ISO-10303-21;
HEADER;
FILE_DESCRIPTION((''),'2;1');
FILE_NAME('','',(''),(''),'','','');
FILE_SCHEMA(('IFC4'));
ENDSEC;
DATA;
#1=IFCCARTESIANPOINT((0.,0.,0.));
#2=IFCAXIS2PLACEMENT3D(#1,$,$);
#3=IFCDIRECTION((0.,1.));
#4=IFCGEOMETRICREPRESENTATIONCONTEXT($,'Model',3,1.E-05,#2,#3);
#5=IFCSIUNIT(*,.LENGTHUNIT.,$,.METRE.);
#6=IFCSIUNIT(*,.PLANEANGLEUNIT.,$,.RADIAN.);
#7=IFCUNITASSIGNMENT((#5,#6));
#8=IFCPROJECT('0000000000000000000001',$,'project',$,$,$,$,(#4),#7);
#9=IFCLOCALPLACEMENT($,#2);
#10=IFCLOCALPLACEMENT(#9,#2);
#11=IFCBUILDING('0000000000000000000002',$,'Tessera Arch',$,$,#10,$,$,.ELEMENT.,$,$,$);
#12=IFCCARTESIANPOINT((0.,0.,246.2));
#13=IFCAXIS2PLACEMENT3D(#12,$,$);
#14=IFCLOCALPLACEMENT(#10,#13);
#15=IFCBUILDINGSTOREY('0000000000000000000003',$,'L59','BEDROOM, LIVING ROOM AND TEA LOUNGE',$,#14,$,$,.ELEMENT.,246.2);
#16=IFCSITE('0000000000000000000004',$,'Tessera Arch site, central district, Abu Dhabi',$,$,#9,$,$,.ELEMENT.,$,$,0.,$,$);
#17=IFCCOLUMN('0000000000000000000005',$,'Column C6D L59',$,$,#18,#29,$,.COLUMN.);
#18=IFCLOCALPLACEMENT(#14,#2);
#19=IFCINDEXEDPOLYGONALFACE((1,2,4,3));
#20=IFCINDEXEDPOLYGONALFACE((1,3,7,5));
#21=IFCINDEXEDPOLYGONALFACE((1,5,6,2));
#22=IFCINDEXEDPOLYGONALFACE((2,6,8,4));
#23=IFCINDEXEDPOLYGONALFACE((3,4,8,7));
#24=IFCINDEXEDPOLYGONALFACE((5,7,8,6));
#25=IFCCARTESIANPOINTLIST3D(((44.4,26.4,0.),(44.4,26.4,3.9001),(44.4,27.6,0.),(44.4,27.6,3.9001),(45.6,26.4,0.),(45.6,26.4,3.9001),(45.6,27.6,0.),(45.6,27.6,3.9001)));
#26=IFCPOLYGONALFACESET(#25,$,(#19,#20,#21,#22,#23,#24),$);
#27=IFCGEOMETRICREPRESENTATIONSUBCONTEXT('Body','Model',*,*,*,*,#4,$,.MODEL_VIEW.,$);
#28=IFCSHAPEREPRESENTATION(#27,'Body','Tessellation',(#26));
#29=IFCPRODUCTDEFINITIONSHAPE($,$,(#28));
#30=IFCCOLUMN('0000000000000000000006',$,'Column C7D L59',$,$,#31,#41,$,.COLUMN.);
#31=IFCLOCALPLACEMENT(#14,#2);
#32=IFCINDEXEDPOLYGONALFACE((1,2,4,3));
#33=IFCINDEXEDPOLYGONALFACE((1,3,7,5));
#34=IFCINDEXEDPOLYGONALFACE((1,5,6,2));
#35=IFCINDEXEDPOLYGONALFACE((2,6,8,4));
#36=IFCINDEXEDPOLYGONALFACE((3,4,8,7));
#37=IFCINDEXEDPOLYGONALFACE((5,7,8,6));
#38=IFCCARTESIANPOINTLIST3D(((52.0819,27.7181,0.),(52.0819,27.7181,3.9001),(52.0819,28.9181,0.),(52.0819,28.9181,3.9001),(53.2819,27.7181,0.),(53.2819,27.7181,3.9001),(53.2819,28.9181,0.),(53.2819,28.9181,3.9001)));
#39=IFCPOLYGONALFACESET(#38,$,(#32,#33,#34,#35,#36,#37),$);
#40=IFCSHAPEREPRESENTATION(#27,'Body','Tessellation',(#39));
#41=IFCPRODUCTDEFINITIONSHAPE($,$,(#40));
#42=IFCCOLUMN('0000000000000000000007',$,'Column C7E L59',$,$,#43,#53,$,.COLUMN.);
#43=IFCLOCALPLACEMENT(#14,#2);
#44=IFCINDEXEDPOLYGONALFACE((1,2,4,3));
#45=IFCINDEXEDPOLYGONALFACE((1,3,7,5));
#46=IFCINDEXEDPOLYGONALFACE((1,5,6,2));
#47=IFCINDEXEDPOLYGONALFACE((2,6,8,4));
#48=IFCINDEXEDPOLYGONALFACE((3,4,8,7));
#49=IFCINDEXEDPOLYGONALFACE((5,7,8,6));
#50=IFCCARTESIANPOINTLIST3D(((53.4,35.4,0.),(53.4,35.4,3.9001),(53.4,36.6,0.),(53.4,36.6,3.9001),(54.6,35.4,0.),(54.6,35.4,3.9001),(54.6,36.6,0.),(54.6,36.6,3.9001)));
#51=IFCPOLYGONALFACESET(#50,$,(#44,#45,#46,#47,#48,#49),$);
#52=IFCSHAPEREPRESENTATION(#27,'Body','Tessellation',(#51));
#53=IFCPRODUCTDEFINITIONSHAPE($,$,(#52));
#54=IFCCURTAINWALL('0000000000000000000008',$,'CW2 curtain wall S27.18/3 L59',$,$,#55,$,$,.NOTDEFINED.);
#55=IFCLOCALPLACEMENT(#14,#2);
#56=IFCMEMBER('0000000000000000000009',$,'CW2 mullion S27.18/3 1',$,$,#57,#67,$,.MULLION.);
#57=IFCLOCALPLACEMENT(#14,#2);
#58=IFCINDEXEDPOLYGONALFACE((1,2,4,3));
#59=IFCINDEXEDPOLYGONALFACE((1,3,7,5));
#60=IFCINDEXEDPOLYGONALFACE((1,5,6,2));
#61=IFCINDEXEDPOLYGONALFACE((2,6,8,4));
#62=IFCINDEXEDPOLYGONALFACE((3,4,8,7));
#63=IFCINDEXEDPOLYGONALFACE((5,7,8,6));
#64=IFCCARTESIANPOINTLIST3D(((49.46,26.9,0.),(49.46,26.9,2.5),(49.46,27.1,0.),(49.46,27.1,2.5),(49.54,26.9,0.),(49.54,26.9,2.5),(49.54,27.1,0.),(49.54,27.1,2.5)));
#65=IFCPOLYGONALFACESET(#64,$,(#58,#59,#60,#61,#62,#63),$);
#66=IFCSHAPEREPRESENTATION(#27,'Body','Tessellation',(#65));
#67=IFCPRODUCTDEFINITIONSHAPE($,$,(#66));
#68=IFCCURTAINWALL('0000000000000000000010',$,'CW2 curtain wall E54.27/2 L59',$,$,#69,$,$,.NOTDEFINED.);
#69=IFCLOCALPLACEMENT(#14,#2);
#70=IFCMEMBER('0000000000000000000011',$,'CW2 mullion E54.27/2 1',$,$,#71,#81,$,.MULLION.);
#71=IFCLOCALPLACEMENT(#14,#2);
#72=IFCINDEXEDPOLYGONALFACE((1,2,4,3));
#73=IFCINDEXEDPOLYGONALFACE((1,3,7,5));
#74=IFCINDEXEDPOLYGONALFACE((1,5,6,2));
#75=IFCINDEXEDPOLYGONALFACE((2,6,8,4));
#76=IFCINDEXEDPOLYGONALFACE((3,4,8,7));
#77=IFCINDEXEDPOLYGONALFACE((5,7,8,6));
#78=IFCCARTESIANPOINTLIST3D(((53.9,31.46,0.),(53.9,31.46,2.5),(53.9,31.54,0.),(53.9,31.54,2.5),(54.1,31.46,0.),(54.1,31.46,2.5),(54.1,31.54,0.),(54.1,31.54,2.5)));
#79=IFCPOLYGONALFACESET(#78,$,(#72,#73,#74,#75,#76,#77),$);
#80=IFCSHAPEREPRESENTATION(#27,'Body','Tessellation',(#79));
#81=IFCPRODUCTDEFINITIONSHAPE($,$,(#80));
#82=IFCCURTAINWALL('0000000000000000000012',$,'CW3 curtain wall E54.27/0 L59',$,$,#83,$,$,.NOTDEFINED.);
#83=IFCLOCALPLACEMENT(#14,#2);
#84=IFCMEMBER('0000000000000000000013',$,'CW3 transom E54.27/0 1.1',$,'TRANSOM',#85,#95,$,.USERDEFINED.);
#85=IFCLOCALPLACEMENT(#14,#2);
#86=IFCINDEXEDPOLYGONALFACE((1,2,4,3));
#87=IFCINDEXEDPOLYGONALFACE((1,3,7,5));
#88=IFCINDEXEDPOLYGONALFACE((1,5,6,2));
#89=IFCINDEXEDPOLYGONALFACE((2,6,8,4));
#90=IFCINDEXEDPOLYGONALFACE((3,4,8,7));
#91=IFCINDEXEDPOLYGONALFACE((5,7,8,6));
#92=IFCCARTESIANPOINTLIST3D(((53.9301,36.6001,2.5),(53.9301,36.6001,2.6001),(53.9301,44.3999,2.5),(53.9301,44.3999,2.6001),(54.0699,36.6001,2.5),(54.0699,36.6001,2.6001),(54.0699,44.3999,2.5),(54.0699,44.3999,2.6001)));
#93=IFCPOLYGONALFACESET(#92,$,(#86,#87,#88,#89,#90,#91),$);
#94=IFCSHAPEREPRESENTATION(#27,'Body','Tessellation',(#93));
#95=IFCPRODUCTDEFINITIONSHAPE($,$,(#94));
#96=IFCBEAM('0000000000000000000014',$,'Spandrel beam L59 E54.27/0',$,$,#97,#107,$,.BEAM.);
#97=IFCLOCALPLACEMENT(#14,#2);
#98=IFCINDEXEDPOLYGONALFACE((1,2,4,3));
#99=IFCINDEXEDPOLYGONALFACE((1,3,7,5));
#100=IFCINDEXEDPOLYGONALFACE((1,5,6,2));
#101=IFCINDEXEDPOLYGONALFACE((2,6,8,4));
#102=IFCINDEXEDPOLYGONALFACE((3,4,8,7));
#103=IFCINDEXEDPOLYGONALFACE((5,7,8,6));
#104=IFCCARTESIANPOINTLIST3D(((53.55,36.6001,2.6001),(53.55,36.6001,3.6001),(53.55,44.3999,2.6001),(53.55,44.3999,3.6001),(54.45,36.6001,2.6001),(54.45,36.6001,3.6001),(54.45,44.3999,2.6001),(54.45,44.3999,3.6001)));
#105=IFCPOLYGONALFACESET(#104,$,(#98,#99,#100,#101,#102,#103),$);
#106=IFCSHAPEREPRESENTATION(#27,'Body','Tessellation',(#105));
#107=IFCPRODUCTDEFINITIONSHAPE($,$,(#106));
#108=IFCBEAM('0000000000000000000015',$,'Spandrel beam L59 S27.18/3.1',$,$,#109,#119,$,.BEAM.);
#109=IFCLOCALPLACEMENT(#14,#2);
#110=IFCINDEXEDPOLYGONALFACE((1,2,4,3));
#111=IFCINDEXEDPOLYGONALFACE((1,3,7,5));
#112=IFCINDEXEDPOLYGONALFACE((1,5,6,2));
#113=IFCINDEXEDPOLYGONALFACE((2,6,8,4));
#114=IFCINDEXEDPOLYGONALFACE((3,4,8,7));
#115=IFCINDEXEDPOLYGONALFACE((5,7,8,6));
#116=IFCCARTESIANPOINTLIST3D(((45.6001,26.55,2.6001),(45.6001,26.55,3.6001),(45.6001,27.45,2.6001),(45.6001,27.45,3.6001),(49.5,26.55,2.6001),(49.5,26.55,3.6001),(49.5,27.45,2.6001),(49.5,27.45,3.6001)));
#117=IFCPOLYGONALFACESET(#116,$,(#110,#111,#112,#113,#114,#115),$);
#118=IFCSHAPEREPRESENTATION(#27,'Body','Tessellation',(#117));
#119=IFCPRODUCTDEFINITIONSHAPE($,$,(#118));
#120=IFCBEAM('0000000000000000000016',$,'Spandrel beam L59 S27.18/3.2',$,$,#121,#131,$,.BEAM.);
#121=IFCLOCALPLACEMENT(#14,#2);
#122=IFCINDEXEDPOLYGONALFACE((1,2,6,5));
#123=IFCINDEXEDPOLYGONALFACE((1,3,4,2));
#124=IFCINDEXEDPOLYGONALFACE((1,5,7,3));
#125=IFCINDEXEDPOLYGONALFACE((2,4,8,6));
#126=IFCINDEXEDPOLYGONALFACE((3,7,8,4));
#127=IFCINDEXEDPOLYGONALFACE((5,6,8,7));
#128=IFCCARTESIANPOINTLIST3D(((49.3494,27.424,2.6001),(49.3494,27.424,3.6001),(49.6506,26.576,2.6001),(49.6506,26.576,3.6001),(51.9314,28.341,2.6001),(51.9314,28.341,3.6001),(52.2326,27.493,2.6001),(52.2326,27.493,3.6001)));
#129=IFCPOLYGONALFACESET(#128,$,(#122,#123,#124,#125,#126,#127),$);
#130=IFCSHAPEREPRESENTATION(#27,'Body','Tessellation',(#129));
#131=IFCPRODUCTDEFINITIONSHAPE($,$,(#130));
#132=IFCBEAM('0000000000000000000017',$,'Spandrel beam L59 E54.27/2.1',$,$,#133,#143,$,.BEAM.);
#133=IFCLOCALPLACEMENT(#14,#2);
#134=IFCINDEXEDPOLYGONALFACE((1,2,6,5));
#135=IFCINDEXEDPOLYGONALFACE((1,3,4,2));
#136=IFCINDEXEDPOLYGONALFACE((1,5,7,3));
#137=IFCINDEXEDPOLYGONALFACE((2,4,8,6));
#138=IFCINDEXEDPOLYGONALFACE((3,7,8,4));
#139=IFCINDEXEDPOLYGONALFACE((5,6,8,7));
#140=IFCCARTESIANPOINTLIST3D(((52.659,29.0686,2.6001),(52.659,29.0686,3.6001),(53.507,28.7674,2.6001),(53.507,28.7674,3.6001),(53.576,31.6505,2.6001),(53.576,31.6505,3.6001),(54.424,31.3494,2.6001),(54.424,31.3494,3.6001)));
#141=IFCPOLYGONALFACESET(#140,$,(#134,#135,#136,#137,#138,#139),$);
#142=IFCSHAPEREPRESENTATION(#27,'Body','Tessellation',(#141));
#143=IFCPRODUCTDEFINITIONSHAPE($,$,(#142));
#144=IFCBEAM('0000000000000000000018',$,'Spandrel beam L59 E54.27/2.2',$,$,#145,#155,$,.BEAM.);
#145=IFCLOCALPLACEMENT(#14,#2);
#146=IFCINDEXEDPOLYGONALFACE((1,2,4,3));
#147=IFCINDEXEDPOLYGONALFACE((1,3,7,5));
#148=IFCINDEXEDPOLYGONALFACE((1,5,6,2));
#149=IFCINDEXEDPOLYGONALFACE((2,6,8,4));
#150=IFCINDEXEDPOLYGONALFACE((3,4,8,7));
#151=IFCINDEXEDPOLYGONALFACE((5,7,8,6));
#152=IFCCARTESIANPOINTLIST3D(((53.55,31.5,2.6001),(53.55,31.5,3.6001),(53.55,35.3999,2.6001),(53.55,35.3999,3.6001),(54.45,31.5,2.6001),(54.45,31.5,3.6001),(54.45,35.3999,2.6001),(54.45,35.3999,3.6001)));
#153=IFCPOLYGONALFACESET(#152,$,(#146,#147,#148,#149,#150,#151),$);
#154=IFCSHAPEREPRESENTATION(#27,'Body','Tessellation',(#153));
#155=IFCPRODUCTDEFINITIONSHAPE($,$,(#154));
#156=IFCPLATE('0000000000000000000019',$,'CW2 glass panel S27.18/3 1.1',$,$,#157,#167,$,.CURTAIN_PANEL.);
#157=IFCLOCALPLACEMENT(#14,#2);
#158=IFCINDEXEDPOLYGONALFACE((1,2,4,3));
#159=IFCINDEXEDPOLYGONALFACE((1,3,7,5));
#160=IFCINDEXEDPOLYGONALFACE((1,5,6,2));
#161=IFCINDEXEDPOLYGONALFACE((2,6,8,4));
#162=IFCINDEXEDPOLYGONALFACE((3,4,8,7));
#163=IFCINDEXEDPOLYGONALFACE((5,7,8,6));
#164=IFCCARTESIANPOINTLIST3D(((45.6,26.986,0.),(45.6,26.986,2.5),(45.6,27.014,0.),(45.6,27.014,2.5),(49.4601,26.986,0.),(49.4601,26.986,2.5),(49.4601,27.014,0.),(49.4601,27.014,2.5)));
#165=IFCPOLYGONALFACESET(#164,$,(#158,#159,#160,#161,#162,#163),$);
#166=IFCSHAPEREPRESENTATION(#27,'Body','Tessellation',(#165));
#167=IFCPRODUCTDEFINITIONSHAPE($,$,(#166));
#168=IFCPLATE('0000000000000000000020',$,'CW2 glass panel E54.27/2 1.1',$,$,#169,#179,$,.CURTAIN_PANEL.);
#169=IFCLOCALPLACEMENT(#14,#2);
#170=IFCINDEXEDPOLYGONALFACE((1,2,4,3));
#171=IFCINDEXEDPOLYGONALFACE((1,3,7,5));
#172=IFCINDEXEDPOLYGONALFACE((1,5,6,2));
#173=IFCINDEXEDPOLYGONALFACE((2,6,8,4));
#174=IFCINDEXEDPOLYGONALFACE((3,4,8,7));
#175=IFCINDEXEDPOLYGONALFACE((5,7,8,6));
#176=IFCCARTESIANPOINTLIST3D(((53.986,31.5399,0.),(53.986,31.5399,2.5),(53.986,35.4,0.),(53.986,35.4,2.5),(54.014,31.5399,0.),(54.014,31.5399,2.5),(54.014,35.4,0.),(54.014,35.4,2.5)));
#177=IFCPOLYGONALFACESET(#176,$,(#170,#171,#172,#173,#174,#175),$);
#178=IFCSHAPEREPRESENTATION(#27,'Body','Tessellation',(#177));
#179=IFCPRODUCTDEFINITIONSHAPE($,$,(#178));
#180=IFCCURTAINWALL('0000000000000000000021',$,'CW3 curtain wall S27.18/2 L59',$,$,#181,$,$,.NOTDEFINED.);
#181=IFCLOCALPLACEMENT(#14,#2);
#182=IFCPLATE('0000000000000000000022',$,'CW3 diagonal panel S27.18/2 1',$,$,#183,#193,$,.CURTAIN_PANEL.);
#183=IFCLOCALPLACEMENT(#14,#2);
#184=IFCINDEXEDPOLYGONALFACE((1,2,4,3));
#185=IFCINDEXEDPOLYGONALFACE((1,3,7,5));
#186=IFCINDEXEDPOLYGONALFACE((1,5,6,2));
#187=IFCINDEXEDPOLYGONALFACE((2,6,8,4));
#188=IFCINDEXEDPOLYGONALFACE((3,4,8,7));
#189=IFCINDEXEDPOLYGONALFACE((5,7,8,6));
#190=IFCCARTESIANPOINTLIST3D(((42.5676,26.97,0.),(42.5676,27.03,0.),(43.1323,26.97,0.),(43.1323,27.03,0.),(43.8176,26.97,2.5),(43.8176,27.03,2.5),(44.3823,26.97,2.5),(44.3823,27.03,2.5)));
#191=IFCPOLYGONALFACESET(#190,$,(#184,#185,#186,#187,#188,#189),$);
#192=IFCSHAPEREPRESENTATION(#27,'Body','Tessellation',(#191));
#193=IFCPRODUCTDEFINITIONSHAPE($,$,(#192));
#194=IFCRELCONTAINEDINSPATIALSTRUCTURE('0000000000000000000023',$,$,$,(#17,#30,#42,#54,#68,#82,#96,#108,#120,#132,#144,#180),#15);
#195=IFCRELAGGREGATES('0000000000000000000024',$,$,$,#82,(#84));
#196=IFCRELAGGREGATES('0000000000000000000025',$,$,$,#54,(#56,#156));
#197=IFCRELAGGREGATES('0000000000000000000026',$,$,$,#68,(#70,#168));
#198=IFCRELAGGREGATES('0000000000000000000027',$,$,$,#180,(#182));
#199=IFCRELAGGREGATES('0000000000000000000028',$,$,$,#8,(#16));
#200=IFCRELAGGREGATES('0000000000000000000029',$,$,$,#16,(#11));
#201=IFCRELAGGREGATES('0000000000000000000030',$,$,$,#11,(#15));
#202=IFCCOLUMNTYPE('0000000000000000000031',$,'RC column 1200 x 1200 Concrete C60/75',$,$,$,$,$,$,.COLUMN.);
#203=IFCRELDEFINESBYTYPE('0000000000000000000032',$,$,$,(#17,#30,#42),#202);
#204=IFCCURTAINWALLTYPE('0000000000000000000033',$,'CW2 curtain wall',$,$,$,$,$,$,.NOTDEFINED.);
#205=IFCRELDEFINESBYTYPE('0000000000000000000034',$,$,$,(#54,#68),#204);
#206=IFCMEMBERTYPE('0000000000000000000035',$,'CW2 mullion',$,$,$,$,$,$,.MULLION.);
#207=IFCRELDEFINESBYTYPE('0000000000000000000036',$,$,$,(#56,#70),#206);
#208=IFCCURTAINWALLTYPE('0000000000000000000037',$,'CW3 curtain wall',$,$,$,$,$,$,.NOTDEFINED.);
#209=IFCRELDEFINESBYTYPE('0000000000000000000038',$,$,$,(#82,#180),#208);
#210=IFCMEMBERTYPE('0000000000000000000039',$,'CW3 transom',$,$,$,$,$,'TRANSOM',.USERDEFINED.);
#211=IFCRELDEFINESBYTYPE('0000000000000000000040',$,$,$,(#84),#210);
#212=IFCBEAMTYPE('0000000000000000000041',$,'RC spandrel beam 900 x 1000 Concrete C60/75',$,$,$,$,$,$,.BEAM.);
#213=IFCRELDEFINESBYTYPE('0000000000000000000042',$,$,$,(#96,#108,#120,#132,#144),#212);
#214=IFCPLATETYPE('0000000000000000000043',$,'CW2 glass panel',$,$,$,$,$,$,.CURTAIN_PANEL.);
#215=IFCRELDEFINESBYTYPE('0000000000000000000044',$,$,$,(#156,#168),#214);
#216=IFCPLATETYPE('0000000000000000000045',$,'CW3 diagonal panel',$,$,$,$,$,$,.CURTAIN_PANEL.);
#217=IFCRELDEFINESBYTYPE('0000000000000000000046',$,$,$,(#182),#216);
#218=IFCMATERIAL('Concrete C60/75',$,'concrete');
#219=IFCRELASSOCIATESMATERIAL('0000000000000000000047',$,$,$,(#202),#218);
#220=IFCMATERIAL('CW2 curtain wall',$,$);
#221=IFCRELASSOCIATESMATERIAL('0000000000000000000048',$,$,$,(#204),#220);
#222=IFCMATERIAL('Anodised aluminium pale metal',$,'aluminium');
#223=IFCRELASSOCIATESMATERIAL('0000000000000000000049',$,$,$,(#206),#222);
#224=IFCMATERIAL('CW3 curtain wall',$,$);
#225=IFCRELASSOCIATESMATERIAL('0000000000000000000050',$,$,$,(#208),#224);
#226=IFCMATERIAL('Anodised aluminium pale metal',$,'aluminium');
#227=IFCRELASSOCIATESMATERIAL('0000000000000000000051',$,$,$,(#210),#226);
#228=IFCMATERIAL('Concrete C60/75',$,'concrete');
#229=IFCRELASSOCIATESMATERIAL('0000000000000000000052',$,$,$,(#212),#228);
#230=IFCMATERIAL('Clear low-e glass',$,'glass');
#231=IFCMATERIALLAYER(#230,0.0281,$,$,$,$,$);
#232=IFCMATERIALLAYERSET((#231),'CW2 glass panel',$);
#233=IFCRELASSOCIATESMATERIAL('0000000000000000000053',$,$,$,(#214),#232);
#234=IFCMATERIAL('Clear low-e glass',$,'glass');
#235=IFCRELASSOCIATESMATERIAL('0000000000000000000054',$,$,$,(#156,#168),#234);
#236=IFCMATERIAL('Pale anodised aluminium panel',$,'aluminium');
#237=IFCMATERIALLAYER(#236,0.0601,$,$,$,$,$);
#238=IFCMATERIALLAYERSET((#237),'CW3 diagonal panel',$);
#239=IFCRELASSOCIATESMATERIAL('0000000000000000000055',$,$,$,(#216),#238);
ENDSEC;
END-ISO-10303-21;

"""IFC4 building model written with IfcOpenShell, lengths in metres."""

from ifc_helpers import new_model, si_unit, direction, frame, origin, origin_2d, place, context, subcontext, project, spatial, polyline, rectangle, outline, extrude, material, layer, layer_set, material_profile, profile_set, type_object, element, aggregate, save


model = new_model("IFC4")

# Units and contexts
model_context = context("Model", 3, precision=1e-05, world=origin(), true_north=direction((0.0, 1.0)))
body_context = subcontext(model_context, "Body", "Model", "MODEL_VIEW")
ifc_project = project(units=[si_unit("LENGTHUNIT", "METRE"), si_unit("PLANEANGLEUNIT", "RADIAN")], contexts=[model_context])

# Site, building, storey
site_placement = place(None, origin())
site = spatial("IfcSite", under=ifc_project, at=site_placement, Name="Tessera Arch site, central district, Abu Dhabi", CompositionType="ELEMENT", RefElevation=0.0)
building_placement = place(site_placement, origin())
building = spatial("IfcBuilding", under=site, at=building_placement, Name="Tessera Arch", CompositionType="ELEMENT")
storey_placement = place(building_placement, frame((0.0, 0.0, 246.2)))
storey = spatial("IfcBuildingStorey", under=building, at=storey_placement, Name="L59", Description="BEDROOM, LIVING ROOM AND TEA LOUNGE", CompositionType="ELEMENT", Elevation=246.2)

# Columns
ifc_material_1 = material(Name="Concrete C60/75", Category="concrete")
ifc_material_profile_1 = material_profile(ifc_material_1, rectangle(XDim=1.2, YDim=1.2, at=origin_2d()), Name="RC column 1200 x 1200 Concrete C60/75")
ifc_profile_set_1 = profile_set([ifc_material_profile_1], Name="Concrete C60/75")
column_type = type_object("IfcColumnType", Name="RC column 1200 x 1200 Concrete C60/75", PredefinedType="COLUMN", material=ifc_profile_set_1)
for number, where, z_axis, x_axis, name in (
    (1, (45.0, 27.0, 0.0), (0.0, 0.0, 1.0), (1.0, 0.0, 0.0), "Column C6D L59"),
    (2, (52.6819, 28.3181, 0.0), (0.0, 0.0, 1.0), (1.0, 0.0, 0.0), "Column C7D L59"),
    (3, (54.0, 36.0, 0.0), (0.0, 0.0, 1.0), (1.0, 0.0, 0.0), "Column C7E L59"),
):
    element("IfcColumn", number, at=place(storey_placement, frame(where, z_axis=z_axis, x_axis=x_axis)), inside=storey, type_object=column_type, Name=name, PredefinedType="COLUMN", context=body_context, shape_type="SweptSolid", body=[
        extrude(rectangle(XDim=1.2, YDim=1.2, at=origin_2d()), origin(), (0.0, 0.0, 1.0), 3.9001),
    ])

# Curtain walls, members
ifc_material_2 = material(Name="CW2 curtain wall")
curtain_wall_type_1 = type_object("IfcCurtainWallType", Name="CW2 curtain wall", PredefinedType="NOTDEFINED", material=ifc_material_2)
curtain_wall_1_placement = place(storey_placement, origin())
curtain_wall_1 = element("IfcCurtainWall", 4, at=curtain_wall_1_placement, inside=storey, type_object=curtain_wall_type_1, Name="CW2 curtain wall S27.18/3 L59", PredefinedType="NOTDEFINED")
ifc_material_3 = material(Name="Anodised aluminium pale metal", Category="aluminium")
ifc_material_profile_2 = material_profile(ifc_material_3, rectangle(XDim=0.2, YDim=0.0801, at=origin_2d()), Name="AL 80x200")
ifc_profile_set_2 = profile_set([ifc_material_profile_2], Name="Anodised aluminium pale metal")
member_type_1 = type_object("IfcMemberType", Name="CW2 mullion", PredefinedType="MULLION", material=ifc_profile_set_2)
member_1_placement = place(storey_placement, frame((49.5, 27.0, 0.0), z_axis=(0.0, 0.0, 1.0), x_axis=(0.0, 1.0, 0.0)))
member_1 = element("IfcMember", 5, at=member_1_placement, type_object=member_type_1, Name="CW2 mullion S27.18/3 1", PredefinedType="MULLION", context=body_context, shape_type="SweptSolid", body=[
    extrude(rectangle(XDim=0.2, YDim=0.0801, at=origin_2d()), origin(), (0.0, 0.0, 1.0), 2.5),
])
curtain_wall_2_placement = place(storey_placement, origin())
curtain_wall_2 = element("IfcCurtainWall", 6, at=curtain_wall_2_placement, inside=storey, type_object=curtain_wall_type_1, Name="CW2 curtain wall E54.27/2 L59", PredefinedType="NOTDEFINED")
member_2_placement = place(storey_placement, frame((54.0, 31.5, 0.0), z_axis=(0.0, 0.0, 1.0), x_axis=(-1.0, 0.0, 0.0)))
member_2 = element("IfcMember", 7, at=member_2_placement, type_object=member_type_1, Name="CW2 mullion E54.27/2 1", PredefinedType="MULLION", context=body_context, shape_type="SweptSolid", body=[
    extrude(rectangle(XDim=0.2, YDim=0.0801, at=origin_2d()), origin(), (0.0, 0.0, 1.0), 2.5),
])
ifc_material_4 = material(Name="CW3 curtain wall")
curtain_wall_type_2 = type_object("IfcCurtainWallType", Name="CW3 curtain wall", PredefinedType="NOTDEFINED", material=ifc_material_4)
curtain_wall_3_placement = place(storey_placement, origin())
curtain_wall_3 = element("IfcCurtainWall", 8, at=curtain_wall_3_placement, inside=storey, type_object=curtain_wall_type_2, Name="CW3 curtain wall E54.27/0 L59", PredefinedType="NOTDEFINED")
ifc_material_5 = material(Name="Anodised aluminium pale metal", Category="aluminium")
ifc_material_profile_3 = material_profile(ifc_material_5, rectangle(XDim=0.1399, YDim=0.1001, at=origin_2d()), Name="AL 140x100")
ifc_profile_set_3 = profile_set([ifc_material_profile_3], Name="Anodised aluminium pale metal")
member_type_2 = type_object("IfcMemberType", Name="CW3 transom", ElementType="TRANSOM", PredefinedType="USERDEFINED", material=ifc_profile_set_3)
member_3_placement = place(storey_placement, frame((54.0, 36.6001, 2.55), z_axis=(0.0, 1.0, 0.0), x_axis=(-1.0, 0.0, 0.0)))
member_3 = element("IfcMember", 9, at=member_3_placement, type_object=member_type_2, Name="CW3 transom E54.27/0 1.1", ObjectType="TRANSOM", PredefinedType="USERDEFINED", context=body_context, shape_type="SweptSolid", body=[
    extrude(rectangle(XDim=0.1399, YDim=0.1001, at=origin_2d()), origin(), (0.0, 0.0, 1.0), 7.7998),
])
aggregate(curtain_wall_3, [member_3])

# Beams
ifc_material_6 = material(Name="Concrete C60/75", Category="concrete")
ifc_material_profile_4 = material_profile(ifc_material_6, rectangle(XDim=0.8999, YDim=1.0, at=origin_2d()), Name="RC spandrel beam 900 x 1000 Concrete C60/75")
ifc_profile_set_4 = profile_set([ifc_material_profile_4], Name="Concrete C60/75")
beam_type = type_object("IfcBeamType", Name="RC spandrel beam 900 x 1000 Concrete C60/75", PredefinedType="BEAM", material=ifc_profile_set_4)
beam_1_placement = place(storey_placement, frame((54.0, 36.6001, 3.1001), z_axis=(0.0, 1.0, 0.0), x_axis=(-1.0, 0.0, 0.0)))
element("IfcBeam", 10, at=beam_1_placement, inside=storey, type_object=beam_type, Name="Spandrel beam L59 E54.27/0", PredefinedType="BEAM", context=body_context, shape_type="SweptSolid", body=[
    extrude(rectangle(XDim=0.8999, YDim=1.0, at=origin_2d()), origin(), (0.0, 0.0, 1.0), 7.7998),
])
beam_2_placement = place(storey_placement, frame((45.6001, 27.0, 3.1001), z_axis=(1.0, 0.0, 0.0), x_axis=(0.0, 1.0, 0.0)))
element("IfcBeam", 11, at=beam_2_placement, inside=storey, type_object=beam_type, Name="Spandrel beam L59 S27.18/3.1", PredefinedType="BEAM", context=body_context, shape_type="SweptSolid", body=[
    extrude(rectangle(XDim=0.8999, YDim=1.0, at=origin_2d()), origin(), (0.0, 0.0, 1.0), 3.8999),
])
for number, where, z_axis, x_axis, name in (
    (12, (49.5, 27.0, 3.1001), (0.942337, 0.334665, 0.0), (-0.334665, 0.942337, 0.0), "Spandrel beam L59 S27.18/3.2"),
    (13, (53.083, 28.918, 3.1001), (0.334665, 0.942337, 0.0), (-0.942337, 0.334665, 0.0), "Spandrel beam L59 E54.27/2.1"),
):
    element("IfcBeam", number, at=place(storey_placement, frame(where, z_axis=z_axis, x_axis=x_axis)), inside=storey, type_object=beam_type, Name=name, PredefinedType="BEAM", context=body_context, shape_type="SweptSolid", body=[
        extrude(rectangle(XDim=0.8999, YDim=1.0, at=origin_2d()), origin(), (0.0, 0.0, 1.0), 2.74),
    ])
beam_3_placement = place(storey_placement, frame((54.0, 31.5, 3.1001), z_axis=(0.0, 1.0, 0.0), x_axis=(-1.0, 0.0, 0.0)))
element("IfcBeam", 14, at=beam_3_placement, inside=storey, type_object=beam_type, Name="Spandrel beam L59 E54.27/2.2", PredefinedType="BEAM", context=body_context, shape_type="SweptSolid", body=[
    extrude(rectangle(XDim=0.8999, YDim=1.0, at=origin_2d()), origin(), (0.0, 0.0, 1.0), 3.8999),
])

# Plates
ifc_material_7 = material(Name="Clear low-e glass", Category="glass")
ifc_material_8 = material(Name="Clear low-e glass", Category="glass")
ifc_layer_1 = layer(ifc_material_8, 0.0281)
ifc_layer_set_1 = layer_set([ifc_layer_1], Name="CW2 glass panel")
plate_type_1 = type_object("IfcPlateType", Name="CW2 glass panel", PredefinedType="CURTAIN_PANEL", material=ifc_layer_set_1)
plate_1_placement = place(storey_placement, frame((47.53, 27.0, 0.0), z_axis=(0.0, 0.0, 1.0), x_axis=(1.0, 0.0, 0.0)))
plate_1 = element("IfcPlate", 15, at=plate_1_placement, type_object=plate_type_1, material=ifc_material_7, Name="CW2 glass panel S27.18/3 1.1", PredefinedType="CURTAIN_PANEL", context=body_context, shape_type="SweptSolid", body=[
    extrude(rectangle(XDim=3.8601, YDim=0.0281, at=origin_2d()), origin(), (0.0, 0.0, 1.0), 2.5),
])
aggregate(curtain_wall_1, [member_1, plate_1])
plate_2_placement = place(storey_placement, frame((54.0, 33.47, 0.0), z_axis=(0.0, 0.0, 1.0), x_axis=(0.0, 1.0, 0.0)))
plate_2 = element("IfcPlate", 16, at=plate_2_placement, type_object=plate_type_1, material=ifc_material_7, Name="CW2 glass panel E54.27/2 1.1", PredefinedType="CURTAIN_PANEL", context=body_context, shape_type="SweptSolid", body=[
    extrude(rectangle(XDim=3.8601, YDim=0.0281, at=origin_2d()), origin(), (0.0, 0.0, 1.0), 2.5),
])
aggregate(curtain_wall_2, [member_2, plate_2])

# Curtain wall, plate
curtain_wall_4_placement = place(storey_placement, origin())
curtain_wall_4 = element("IfcCurtainWall", 17, at=curtain_wall_4_placement, inside=storey, type_object=curtain_wall_type_2, Name="CW3 curtain wall S27.18/2 L59", PredefinedType="NOTDEFINED")
ifc_material_9 = material(Name="Pale anodised aluminium panel", Category="aluminium")
ifc_layer_2 = layer(ifc_material_9, 0.0601)
ifc_layer_set_2 = layer_set([ifc_layer_2], Name="CW3 diagonal panel")
plate_type_2 = type_object("IfcPlateType", Name="CW3 diagonal panel", PredefinedType="CURTAIN_PANEL", material=ifc_layer_set_2)
plate_3_placement = place(storey_placement, frame((44.3823, 26.97, 2.5), z_axis=(0.0, -1.0, 0.0), x_axis=(-1.0, 0.0, 0.0)))
plate_3 = element("IfcPlate", 18, at=plate_3_placement, type_object=plate_type_2, Name="CW3 diagonal panel S27.18/2 1", PredefinedType="CURTAIN_PANEL", context=body_context, shape_type="SweptSolid", body=[
    extrude(outline(polyline([(0.0, 0.0), (0.5647, 0.0), (1.8147, 2.5), (1.25, 2.5), (0.0, 0.0)])), origin(), (0.0, 0.0, -1.0), 0.0601),
])
aggregate(curtain_wall_4, [plate_3])

save(model, "model.ifc")
